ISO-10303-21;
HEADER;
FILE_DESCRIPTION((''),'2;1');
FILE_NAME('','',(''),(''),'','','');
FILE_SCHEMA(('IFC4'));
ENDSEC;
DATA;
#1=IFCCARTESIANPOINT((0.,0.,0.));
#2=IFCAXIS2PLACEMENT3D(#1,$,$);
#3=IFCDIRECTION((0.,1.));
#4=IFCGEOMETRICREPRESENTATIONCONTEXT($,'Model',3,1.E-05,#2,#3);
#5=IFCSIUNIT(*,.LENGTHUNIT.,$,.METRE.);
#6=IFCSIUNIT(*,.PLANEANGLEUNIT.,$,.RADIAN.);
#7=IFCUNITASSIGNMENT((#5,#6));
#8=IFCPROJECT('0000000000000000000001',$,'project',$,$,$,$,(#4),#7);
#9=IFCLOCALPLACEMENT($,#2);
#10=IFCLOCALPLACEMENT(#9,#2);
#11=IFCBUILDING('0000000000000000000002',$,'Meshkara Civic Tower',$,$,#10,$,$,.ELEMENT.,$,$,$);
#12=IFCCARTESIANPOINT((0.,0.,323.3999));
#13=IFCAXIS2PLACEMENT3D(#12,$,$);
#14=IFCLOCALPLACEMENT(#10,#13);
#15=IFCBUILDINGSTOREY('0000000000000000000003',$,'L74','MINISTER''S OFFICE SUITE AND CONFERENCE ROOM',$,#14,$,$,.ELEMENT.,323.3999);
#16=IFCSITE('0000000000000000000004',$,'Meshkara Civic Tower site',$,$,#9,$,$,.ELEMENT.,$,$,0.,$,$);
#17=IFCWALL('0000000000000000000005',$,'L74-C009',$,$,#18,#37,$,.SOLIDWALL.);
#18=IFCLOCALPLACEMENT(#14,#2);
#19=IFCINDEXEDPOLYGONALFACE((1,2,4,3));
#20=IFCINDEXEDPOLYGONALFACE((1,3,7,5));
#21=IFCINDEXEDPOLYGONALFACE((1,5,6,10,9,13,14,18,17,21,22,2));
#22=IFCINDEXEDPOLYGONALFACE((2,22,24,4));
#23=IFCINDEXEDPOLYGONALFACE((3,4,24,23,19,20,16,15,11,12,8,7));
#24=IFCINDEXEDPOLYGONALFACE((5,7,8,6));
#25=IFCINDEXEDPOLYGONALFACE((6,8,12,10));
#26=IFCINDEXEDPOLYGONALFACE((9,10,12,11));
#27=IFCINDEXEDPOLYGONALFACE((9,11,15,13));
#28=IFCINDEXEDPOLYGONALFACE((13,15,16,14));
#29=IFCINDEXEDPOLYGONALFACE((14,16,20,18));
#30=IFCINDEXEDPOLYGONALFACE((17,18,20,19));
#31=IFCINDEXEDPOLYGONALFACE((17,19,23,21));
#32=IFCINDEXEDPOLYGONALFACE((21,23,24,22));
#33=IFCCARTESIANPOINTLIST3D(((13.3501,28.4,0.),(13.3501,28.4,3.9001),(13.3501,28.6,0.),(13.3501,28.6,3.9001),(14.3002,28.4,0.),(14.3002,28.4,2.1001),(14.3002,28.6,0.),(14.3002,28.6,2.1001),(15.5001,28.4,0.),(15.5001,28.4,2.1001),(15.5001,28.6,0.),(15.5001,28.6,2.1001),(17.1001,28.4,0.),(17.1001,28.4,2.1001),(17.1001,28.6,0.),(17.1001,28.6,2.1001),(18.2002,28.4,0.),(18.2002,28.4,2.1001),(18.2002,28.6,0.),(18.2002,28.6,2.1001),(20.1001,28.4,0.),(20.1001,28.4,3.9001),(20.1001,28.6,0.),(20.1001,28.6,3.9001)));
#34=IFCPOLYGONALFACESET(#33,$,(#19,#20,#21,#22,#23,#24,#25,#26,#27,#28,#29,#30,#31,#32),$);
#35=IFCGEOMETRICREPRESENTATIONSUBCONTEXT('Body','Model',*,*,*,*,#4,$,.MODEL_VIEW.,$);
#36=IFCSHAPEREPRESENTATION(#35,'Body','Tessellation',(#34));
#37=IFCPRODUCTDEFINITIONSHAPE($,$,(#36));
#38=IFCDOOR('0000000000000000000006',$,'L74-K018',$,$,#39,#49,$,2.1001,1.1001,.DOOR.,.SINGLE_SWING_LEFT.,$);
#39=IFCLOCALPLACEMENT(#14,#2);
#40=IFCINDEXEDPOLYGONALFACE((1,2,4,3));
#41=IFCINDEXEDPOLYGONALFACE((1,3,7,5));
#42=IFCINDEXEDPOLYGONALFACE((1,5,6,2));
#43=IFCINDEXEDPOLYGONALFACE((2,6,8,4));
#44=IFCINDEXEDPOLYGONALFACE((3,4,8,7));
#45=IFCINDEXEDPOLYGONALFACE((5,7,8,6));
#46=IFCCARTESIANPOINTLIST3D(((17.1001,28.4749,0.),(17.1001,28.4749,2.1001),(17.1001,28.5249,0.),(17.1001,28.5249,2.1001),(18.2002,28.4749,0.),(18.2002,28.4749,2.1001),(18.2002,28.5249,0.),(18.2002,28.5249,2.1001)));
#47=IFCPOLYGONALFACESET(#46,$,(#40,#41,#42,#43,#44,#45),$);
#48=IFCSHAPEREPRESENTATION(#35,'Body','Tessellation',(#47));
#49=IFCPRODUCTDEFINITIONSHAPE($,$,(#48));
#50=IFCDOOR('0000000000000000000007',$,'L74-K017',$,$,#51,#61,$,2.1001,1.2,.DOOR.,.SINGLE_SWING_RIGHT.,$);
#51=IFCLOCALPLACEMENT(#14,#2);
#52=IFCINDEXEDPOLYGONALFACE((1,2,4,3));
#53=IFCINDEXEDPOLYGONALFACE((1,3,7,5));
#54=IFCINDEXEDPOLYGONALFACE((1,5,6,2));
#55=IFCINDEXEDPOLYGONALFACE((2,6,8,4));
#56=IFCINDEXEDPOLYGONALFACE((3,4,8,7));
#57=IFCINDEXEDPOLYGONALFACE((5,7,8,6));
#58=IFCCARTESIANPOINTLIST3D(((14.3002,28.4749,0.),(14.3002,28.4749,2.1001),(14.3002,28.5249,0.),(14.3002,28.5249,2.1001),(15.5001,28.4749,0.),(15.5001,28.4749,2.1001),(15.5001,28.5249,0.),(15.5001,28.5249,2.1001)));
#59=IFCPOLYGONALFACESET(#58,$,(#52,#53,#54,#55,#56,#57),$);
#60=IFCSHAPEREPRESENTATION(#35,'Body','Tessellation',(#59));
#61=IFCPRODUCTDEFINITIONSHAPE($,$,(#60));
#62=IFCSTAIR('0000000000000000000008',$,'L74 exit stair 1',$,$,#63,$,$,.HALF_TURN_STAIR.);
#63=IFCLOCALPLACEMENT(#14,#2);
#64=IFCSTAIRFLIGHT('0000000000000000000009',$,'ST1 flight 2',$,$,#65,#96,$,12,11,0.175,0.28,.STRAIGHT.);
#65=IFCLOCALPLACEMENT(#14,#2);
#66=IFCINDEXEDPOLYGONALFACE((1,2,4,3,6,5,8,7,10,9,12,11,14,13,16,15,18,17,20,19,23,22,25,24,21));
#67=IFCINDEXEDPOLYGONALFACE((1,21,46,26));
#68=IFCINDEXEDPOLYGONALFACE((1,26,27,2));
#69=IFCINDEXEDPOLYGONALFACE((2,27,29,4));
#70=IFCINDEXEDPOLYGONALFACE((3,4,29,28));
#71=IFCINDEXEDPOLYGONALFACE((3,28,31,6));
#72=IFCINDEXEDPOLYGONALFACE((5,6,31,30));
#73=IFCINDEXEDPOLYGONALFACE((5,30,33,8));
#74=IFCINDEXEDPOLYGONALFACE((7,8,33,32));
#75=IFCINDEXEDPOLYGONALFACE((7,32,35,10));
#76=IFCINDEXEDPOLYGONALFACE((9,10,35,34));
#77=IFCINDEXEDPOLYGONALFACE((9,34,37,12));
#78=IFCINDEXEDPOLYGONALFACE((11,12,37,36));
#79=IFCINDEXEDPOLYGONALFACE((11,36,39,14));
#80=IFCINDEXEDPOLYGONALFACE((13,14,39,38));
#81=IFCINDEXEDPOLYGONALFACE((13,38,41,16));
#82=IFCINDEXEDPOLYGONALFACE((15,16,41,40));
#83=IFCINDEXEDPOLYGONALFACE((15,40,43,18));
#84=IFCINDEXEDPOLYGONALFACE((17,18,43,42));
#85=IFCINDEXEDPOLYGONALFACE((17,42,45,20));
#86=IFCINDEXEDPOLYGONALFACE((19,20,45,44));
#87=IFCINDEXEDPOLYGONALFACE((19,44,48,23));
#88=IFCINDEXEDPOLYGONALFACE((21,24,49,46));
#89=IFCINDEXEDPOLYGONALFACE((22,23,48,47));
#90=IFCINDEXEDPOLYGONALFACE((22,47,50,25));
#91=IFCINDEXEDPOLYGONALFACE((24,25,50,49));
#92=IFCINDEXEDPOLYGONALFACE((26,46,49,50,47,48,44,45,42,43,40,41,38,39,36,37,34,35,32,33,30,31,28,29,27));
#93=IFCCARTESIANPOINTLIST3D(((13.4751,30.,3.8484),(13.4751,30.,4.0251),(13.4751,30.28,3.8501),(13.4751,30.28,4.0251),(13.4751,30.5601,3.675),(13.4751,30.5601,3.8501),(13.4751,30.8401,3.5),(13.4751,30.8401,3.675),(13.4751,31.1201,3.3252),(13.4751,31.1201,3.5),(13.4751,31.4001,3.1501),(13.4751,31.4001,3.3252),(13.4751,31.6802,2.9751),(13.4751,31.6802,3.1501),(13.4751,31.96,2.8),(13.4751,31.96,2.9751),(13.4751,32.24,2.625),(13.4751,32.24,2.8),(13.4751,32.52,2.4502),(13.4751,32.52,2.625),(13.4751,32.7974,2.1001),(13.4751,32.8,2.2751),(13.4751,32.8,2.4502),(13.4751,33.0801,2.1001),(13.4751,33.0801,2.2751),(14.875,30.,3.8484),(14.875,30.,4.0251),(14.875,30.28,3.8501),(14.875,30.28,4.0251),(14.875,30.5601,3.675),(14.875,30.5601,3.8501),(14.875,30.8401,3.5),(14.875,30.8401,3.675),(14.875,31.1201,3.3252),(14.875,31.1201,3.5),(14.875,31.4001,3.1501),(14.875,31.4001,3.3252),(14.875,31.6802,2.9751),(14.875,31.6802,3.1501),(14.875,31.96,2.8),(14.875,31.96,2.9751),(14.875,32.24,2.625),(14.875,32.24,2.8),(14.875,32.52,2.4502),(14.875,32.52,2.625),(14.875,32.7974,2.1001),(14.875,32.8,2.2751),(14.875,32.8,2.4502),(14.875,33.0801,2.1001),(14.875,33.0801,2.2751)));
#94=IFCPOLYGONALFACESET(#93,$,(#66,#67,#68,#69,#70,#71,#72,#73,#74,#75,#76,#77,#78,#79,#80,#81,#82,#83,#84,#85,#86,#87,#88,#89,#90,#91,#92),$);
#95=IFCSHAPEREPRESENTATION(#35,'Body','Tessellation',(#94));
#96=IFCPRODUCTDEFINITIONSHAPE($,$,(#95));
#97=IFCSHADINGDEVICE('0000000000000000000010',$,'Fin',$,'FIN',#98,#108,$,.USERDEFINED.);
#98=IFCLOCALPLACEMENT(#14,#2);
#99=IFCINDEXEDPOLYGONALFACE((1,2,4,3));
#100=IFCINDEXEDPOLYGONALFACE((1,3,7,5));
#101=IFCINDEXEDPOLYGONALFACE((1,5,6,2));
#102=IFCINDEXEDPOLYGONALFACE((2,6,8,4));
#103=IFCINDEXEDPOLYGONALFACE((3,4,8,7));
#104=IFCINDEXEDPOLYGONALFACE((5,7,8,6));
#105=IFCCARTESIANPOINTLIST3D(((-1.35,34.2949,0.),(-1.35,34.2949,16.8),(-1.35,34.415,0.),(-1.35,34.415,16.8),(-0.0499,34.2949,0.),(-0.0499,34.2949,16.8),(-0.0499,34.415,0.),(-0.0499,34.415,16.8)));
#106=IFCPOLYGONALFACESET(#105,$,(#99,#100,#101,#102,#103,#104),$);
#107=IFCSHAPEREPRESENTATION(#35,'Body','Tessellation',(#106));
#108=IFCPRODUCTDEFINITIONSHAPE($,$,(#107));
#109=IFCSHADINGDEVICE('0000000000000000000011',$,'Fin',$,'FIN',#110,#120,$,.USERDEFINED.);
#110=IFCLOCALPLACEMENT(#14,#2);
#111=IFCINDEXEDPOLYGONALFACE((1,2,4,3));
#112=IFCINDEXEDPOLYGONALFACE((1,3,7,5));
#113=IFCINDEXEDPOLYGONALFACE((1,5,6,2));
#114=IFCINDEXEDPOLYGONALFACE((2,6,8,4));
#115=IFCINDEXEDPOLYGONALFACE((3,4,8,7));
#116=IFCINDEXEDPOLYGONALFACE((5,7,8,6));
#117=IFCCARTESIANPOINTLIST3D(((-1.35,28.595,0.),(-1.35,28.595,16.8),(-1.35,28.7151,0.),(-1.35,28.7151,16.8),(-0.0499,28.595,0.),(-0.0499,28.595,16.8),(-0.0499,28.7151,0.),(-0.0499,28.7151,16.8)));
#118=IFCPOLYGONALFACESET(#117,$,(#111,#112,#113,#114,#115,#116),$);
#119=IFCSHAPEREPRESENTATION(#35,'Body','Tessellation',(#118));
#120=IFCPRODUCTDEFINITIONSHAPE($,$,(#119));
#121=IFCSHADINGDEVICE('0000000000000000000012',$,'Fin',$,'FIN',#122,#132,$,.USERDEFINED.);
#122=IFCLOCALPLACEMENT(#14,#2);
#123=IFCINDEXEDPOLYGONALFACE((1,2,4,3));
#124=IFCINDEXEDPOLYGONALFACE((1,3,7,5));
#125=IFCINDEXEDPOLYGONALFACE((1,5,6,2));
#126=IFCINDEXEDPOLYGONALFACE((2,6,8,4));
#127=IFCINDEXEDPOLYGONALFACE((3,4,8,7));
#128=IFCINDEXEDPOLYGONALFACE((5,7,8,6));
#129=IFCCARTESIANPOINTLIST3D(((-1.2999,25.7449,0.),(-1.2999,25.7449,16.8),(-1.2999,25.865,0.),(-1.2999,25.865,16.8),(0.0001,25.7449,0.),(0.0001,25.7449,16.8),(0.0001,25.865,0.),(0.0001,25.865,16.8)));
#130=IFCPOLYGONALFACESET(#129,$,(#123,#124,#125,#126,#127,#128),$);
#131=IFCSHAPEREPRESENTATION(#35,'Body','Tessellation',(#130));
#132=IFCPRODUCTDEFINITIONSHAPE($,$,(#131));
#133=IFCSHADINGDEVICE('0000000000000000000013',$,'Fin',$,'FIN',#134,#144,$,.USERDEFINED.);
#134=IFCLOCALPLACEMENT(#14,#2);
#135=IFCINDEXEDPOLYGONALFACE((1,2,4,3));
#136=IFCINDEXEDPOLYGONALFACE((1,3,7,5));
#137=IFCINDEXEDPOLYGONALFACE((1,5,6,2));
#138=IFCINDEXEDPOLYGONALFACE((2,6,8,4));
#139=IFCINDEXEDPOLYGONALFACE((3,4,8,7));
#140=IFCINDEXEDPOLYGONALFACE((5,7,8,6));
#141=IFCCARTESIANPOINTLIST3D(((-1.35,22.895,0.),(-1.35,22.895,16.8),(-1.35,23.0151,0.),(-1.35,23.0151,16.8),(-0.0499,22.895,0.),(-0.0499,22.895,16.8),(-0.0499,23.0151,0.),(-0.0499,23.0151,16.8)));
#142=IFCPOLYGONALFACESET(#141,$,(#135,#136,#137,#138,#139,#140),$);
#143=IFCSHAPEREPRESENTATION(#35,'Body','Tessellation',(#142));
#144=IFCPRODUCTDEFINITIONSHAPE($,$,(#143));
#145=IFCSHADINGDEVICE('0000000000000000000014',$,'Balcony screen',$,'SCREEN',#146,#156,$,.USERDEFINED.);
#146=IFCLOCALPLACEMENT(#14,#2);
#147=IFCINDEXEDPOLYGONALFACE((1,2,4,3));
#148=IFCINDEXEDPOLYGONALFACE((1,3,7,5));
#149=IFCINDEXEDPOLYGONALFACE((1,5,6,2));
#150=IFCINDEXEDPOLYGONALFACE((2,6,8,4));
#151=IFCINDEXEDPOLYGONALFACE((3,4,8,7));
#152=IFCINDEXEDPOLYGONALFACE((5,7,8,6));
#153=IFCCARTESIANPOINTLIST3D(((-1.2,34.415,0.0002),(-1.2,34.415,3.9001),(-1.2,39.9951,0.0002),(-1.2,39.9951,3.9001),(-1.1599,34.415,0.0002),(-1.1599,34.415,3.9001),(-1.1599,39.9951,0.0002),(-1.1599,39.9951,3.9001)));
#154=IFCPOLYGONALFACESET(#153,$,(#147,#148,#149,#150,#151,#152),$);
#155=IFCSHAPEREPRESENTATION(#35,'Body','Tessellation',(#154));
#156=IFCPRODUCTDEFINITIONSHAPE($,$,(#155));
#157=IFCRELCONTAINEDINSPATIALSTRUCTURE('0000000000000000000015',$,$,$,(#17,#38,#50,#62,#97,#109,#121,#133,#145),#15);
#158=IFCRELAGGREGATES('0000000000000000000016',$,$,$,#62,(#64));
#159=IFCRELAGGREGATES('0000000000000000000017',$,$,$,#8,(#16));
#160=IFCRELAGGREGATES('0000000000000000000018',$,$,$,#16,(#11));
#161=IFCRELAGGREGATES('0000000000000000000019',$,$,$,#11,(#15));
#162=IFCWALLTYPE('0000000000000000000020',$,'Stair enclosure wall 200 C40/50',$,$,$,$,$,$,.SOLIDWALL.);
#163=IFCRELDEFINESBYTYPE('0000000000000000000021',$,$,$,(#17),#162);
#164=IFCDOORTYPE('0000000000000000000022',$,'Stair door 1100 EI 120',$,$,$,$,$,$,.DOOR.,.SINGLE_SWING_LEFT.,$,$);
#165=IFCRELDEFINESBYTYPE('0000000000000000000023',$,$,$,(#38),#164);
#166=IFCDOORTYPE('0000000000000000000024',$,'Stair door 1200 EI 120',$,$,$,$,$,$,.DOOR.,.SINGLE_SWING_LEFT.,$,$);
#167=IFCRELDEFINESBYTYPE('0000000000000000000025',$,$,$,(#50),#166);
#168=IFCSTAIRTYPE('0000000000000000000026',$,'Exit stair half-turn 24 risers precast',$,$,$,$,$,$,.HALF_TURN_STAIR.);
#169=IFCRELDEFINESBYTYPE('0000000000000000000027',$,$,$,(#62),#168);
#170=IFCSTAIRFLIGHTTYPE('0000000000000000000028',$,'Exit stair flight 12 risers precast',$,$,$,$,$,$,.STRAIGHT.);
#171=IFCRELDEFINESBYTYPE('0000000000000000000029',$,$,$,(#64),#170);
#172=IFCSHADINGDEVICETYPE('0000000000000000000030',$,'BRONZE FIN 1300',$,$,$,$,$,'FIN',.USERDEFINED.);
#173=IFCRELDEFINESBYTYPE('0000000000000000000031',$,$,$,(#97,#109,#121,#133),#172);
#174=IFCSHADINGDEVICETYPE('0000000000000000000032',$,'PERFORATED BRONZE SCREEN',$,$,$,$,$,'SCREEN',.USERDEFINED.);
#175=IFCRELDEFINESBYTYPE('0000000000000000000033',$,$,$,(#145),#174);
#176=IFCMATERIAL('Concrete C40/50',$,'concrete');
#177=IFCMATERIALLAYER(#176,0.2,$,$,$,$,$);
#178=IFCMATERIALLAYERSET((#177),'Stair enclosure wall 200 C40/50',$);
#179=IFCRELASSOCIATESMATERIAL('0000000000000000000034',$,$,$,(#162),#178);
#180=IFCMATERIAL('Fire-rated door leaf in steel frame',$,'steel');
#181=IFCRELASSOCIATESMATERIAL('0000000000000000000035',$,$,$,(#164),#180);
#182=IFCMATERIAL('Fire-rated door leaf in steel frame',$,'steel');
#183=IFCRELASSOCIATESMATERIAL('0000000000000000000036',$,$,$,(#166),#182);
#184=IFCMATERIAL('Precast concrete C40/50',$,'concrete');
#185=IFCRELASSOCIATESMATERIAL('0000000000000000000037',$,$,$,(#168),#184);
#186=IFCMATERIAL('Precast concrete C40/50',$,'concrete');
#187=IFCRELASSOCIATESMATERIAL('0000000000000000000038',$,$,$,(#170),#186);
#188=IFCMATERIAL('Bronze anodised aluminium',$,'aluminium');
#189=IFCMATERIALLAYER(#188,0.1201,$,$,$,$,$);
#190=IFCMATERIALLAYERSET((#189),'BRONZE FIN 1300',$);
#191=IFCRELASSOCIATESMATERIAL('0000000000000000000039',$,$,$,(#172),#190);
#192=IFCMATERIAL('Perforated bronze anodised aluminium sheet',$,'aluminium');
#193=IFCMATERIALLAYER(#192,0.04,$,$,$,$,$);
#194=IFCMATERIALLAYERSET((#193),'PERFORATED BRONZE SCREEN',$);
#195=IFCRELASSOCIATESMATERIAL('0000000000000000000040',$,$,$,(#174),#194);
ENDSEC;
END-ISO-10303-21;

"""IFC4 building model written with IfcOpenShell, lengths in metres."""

from ifc_helpers import new_model, si_unit, direction, frame, frame_2d, origin, origin_2d, place, context, subcontext, project, spatial, polyline, rectangle, outline, extrude, material, layer, layer_set, type_object, element, fill, aggregate, save


model = new_model("IFC4")

# Units and contexts
model_context = context("Model", 3, precision=1e-05, world=origin(), true_north=direction((0.0, 1.0)))
body_context = subcontext(model_context, "Body", "Model", "MODEL_VIEW")
ifc_project = project(units=[si_unit("LENGTHUNIT", "METRE"), si_unit("PLANEANGLEUNIT", "RADIAN")], contexts=[model_context])

# Site, building, storey
site_placement = place(None, origin())
site = spatial("IfcSite", under=ifc_project, at=site_placement, Name="Meshkara Civic Tower site", CompositionType="ELEMENT", RefElevation=0.0)
building_placement = place(site_placement, origin())
building = spatial("IfcBuilding", under=site, at=building_placement, Name="Meshkara Civic Tower", CompositionType="ELEMENT")
storey_placement = place(building_placement, frame((0.0, 0.0, 323.3999)))
storey = spatial("IfcBuildingStorey", under=building, at=storey_placement, Name="L74", Description="MINISTER'S OFFICE SUITE AND CONFERENCE ROOM", CompositionType="ELEMENT", Elevation=323.3999)

# Wall, openings, doors
ifc_material_1 = material(Name="Concrete C40/50", Category="concrete")
ifc_layer_1 = layer(ifc_material_1, 0.2)
ifc_layer_set_1 = layer_set([ifc_layer_1], Name="Stair enclosure wall 200 C40/50")
wall_type_1 = type_object("IfcWallType", Name="Stair enclosure wall 200 C40/50", PredefinedType="SOLIDWALL", material=ifc_layer_set_1)
wall_1_placement = place(storey_placement, frame((13.3501, 28.5, 0.0), z_axis=(0.0, 0.0, 1.0), x_axis=(1.0, 0.0, 0.0)))
wall_1 = element("IfcWall", 1, at=wall_1_placement, inside=storey, type_object=wall_type_1, Name="L74-C009", PredefinedType="SOLIDWALL", context=body_context, shape_type="SweptSolid", body=[
    extrude(rectangle(XDim=6.75, YDim=0.2, at=frame_2d((3.375, 0.0))), origin(), (0.0, 0.0, 1.0), 3.9001),
])
opening_1_placement = place(wall_1_placement, frame((0.95, 0.0, 0.0)))
opening_1 = element("IfcOpeningElement", 2, at=opening_1_placement, cuts=wall_1, PredefinedType="OPENING", context=body_context, shape_type="SweptSolid", body=[
    extrude(rectangle(XDim=1.2, YDim=2.1001, at=frame_2d((0.6001, 1.05))), frame((0.0, 0.1099, 0.0), z_axis=(0.0, -1.0, 0.0), x_axis=(1.0, 0.0, 0.0)), (0.0, 0.0, 1.0), 0.22),
])
opening_2_placement = place(wall_1_placement, frame((3.75, 0.0, 0.0)))
opening_2 = element("IfcOpeningElement", 3, at=opening_2_placement, cuts=wall_1, PredefinedType="OPENING", context=body_context, shape_type="SweptSolid", body=[
    extrude(rectangle(XDim=1.1001, YDim=2.1001, at=frame_2d((0.55, 1.05))), frame((0.0, 0.1099, 0.0), z_axis=(0.0, -1.0, 0.0), x_axis=(1.0, 0.0, 0.0)), (0.0, 0.0, 1.0), 0.22),
])
ifc_material_2 = material(Name="Fire-rated door leaf in steel frame", Category="steel")
door_type_1 = type_object("IfcDoorType", Name="Stair door 1100 EI 120", OperationType="SINGLE_SWING_LEFT", PredefinedType="DOOR", material=ifc_material_2)
door_1_placement = place(opening_2_placement, origin())
door_1 = element("IfcDoor", 4, at=door_1_placement, inside=storey, type_object=door_type_1, Name="L74-K018", OperationType="SINGLE_SWING_LEFT", OverallHeight=2.1001, OverallWidth=1.1001, PredefinedType="DOOR", context=body_context, shape_type="SweptSolid", body=[
    extrude(rectangle(XDim=1.1001, YDim=2.1001, at=frame_2d((0.55, 1.05))), frame((0.0, 0.0249, 0.0), z_axis=(0.0, -1.0, 0.0), x_axis=(1.0, 0.0, 0.0)), (0.0, 0.0, 1.0), 0.05),
])
fill(opening_2, door_1)
ifc_material_3 = material(Name="Fire-rated door leaf in steel frame", Category="steel")
door_type_2 = type_object("IfcDoorType", Name="Stair door 1200 EI 120", OperationType="SINGLE_SWING_LEFT", PredefinedType="DOOR", material=ifc_material_3)
door_2_placement = place(opening_1_placement, origin())
door_2 = element("IfcDoor", 5, at=door_2_placement, inside=storey, type_object=door_type_2, Name="L74-K017", OperationType="SINGLE_SWING_RIGHT", OverallHeight=2.1001, OverallWidth=1.2, PredefinedType="DOOR", context=body_context, shape_type="SweptSolid", body=[
    extrude(rectangle(XDim=1.2, YDim=2.1001, at=frame_2d((0.6001, 1.05))), frame((0.0, 0.0249, 0.0), z_axis=(0.0, -1.0, 0.0), x_axis=(1.0, 0.0, 0.0)), (0.0, 0.0, 1.0), 0.05),
])
fill(opening_1, door_2)

# Stair, stair flight
ifc_material_4 = material(Name="Precast concrete C40/50", Category="concrete")
stair_type = type_object("IfcStairType", Name="Exit stair half-turn 24 risers precast", PredefinedType="HALF_TURN_STAIR", material=ifc_material_4)
stair_placement = place(storey_placement, origin())
stair = element("IfcStair", 6, at=stair_placement, inside=storey, type_object=stair_type, Name="L74 exit stair 1", PredefinedType="HALF_TURN_STAIR")
ifc_material_5 = material(Name="Precast concrete C40/50", Category="concrete")
stair_flight_type = type_object("IfcStairFlightType", Name="Exit stair flight 12 risers precast", PredefinedType="STRAIGHT", material=ifc_material_5)
stair_flight_placement = place(storey_placement, frame((14.175, 33.0801, 2.1001), z_axis=(0.0, 0.0, 1.0), x_axis=(0.0, -1.0, 0.0)))
stair_flight = element("IfcStairFlight", 7, at=stair_flight_placement, type_object=stair_flight_type, Name="ST1 flight 2", NumberOfRisers=12, NumberOfTreads=11, PredefinedType="STRAIGHT", RiserHeight=0.175, TreadLength=0.28, context=body_context, shape_type="SweptSolid", body=[
    extrude(outline(polyline([(0.0, 0.0), (0.0, 0.175), (0.28, 0.175), (0.28, 0.3501), (0.5601, 0.3501), (0.5601, 0.5249), (0.8401, 0.5249), (0.8401, 0.7), (1.1201, 0.7), (1.1201, 0.875), (1.3999, 0.875), (1.3999, 1.05), (1.6799, 1.05), (1.6799, 1.2251), (1.96, 1.2251), (1.96, 1.3999), (2.24, 1.3999), (2.24, 1.575), (2.52, 1.575), (2.52, 1.75), (2.8, 1.75), (2.8, 1.925), (3.0801, 1.925), (3.0801, 2.1001), (3.0801, 1.7483), (0.2827, 0.0), (0.0, 0.0)])), frame((0.0, 0.7, 0.0), z_axis=(0.0, -1.0, 0.0), x_axis=(1.0, 0.0, 0.0)), (0.0, 0.0, 1.0), 1.3999),
])
aggregate(stair, [stair_flight])

# Shading devices
ifc_material_6 = material(Name="Bronze anodised aluminium", Category="aluminium")
ifc_layer_2 = layer(ifc_material_6, 0.1201)
ifc_layer_set_2 = layer_set([ifc_layer_2], Name="BRONZE FIN 1300")
shading_device_type_1 = type_object("IfcShadingDeviceType", Name="BRONZE FIN 1300", ElementType="FIN", PredefinedType="USERDEFINED", material=ifc_layer_set_2)
for number, where, z_axis, x_axis, name in (
    (8, (-0.7, 34.355, 0.0), (0.0, 0.0, 1.0), (0.0, -1.0, 0.0), "Fin"),
    (9, (-0.7, 28.655, 0.0), (0.0, 0.0, 1.0), (0.0, -1.0, 0.0), "Fin"),
    (10, (-0.6499, 25.8049, 0.0), (0.0, 0.0, 1.0), (0.0, -1.0, 0.0), "Fin"),
    (11, (-0.7, 22.9551, 0.0), (0.0, 0.0, 1.0), (0.0, -1.0, 0.0), "Fin"),
):
    element("IfcShadingDevice", number, at=place(storey_placement, frame(where, z_axis=z_axis, x_axis=x_axis)), inside=storey, type_object=shading_device_type_1, Name=name, ObjectType="FIN", PredefinedType="USERDEFINED", context=body_context, shape_type="SweptSolid", body=[
        extrude(rectangle(XDim=0.1201, YDim=1.3, at=origin_2d()), origin(), (0.0, 0.0, 1.0), 16.8),
    ])
ifc_material_7 = material(Name="Perforated bronze anodised aluminium sheet", Category="aluminium")
ifc_layer_3 = layer(ifc_material_7, 0.04)
ifc_layer_set_3 = layer_set([ifc_layer_3], Name="PERFORATED BRONZE SCREEN")
shading_device_type_2 = type_object("IfcShadingDeviceType", Name="PERFORATED BRONZE SCREEN", ElementType="SCREEN", PredefinedType="USERDEFINED", material=ifc_layer_set_3)
shading_device_placement = place(storey_placement, frame((-1.1799, 37.2051, 0.0002), z_axis=(0.0, 0.0, 1.0), x_axis=(0.0, -1.0, 0.0)))
element("IfcShadingDevice", 12, at=shading_device_placement, inside=storey, type_object=shading_device_type_2, Name="Balcony screen", ObjectType="SCREEN", PredefinedType="USERDEFINED", context=body_context, shape_type="SweptSolid", body=[
    extrude(rectangle(XDim=5.5801, YDim=0.04, at=origin_2d()), origin(), (0.0, 0.0, 1.0), 3.8999),
])

save(model, "model.ifc")
